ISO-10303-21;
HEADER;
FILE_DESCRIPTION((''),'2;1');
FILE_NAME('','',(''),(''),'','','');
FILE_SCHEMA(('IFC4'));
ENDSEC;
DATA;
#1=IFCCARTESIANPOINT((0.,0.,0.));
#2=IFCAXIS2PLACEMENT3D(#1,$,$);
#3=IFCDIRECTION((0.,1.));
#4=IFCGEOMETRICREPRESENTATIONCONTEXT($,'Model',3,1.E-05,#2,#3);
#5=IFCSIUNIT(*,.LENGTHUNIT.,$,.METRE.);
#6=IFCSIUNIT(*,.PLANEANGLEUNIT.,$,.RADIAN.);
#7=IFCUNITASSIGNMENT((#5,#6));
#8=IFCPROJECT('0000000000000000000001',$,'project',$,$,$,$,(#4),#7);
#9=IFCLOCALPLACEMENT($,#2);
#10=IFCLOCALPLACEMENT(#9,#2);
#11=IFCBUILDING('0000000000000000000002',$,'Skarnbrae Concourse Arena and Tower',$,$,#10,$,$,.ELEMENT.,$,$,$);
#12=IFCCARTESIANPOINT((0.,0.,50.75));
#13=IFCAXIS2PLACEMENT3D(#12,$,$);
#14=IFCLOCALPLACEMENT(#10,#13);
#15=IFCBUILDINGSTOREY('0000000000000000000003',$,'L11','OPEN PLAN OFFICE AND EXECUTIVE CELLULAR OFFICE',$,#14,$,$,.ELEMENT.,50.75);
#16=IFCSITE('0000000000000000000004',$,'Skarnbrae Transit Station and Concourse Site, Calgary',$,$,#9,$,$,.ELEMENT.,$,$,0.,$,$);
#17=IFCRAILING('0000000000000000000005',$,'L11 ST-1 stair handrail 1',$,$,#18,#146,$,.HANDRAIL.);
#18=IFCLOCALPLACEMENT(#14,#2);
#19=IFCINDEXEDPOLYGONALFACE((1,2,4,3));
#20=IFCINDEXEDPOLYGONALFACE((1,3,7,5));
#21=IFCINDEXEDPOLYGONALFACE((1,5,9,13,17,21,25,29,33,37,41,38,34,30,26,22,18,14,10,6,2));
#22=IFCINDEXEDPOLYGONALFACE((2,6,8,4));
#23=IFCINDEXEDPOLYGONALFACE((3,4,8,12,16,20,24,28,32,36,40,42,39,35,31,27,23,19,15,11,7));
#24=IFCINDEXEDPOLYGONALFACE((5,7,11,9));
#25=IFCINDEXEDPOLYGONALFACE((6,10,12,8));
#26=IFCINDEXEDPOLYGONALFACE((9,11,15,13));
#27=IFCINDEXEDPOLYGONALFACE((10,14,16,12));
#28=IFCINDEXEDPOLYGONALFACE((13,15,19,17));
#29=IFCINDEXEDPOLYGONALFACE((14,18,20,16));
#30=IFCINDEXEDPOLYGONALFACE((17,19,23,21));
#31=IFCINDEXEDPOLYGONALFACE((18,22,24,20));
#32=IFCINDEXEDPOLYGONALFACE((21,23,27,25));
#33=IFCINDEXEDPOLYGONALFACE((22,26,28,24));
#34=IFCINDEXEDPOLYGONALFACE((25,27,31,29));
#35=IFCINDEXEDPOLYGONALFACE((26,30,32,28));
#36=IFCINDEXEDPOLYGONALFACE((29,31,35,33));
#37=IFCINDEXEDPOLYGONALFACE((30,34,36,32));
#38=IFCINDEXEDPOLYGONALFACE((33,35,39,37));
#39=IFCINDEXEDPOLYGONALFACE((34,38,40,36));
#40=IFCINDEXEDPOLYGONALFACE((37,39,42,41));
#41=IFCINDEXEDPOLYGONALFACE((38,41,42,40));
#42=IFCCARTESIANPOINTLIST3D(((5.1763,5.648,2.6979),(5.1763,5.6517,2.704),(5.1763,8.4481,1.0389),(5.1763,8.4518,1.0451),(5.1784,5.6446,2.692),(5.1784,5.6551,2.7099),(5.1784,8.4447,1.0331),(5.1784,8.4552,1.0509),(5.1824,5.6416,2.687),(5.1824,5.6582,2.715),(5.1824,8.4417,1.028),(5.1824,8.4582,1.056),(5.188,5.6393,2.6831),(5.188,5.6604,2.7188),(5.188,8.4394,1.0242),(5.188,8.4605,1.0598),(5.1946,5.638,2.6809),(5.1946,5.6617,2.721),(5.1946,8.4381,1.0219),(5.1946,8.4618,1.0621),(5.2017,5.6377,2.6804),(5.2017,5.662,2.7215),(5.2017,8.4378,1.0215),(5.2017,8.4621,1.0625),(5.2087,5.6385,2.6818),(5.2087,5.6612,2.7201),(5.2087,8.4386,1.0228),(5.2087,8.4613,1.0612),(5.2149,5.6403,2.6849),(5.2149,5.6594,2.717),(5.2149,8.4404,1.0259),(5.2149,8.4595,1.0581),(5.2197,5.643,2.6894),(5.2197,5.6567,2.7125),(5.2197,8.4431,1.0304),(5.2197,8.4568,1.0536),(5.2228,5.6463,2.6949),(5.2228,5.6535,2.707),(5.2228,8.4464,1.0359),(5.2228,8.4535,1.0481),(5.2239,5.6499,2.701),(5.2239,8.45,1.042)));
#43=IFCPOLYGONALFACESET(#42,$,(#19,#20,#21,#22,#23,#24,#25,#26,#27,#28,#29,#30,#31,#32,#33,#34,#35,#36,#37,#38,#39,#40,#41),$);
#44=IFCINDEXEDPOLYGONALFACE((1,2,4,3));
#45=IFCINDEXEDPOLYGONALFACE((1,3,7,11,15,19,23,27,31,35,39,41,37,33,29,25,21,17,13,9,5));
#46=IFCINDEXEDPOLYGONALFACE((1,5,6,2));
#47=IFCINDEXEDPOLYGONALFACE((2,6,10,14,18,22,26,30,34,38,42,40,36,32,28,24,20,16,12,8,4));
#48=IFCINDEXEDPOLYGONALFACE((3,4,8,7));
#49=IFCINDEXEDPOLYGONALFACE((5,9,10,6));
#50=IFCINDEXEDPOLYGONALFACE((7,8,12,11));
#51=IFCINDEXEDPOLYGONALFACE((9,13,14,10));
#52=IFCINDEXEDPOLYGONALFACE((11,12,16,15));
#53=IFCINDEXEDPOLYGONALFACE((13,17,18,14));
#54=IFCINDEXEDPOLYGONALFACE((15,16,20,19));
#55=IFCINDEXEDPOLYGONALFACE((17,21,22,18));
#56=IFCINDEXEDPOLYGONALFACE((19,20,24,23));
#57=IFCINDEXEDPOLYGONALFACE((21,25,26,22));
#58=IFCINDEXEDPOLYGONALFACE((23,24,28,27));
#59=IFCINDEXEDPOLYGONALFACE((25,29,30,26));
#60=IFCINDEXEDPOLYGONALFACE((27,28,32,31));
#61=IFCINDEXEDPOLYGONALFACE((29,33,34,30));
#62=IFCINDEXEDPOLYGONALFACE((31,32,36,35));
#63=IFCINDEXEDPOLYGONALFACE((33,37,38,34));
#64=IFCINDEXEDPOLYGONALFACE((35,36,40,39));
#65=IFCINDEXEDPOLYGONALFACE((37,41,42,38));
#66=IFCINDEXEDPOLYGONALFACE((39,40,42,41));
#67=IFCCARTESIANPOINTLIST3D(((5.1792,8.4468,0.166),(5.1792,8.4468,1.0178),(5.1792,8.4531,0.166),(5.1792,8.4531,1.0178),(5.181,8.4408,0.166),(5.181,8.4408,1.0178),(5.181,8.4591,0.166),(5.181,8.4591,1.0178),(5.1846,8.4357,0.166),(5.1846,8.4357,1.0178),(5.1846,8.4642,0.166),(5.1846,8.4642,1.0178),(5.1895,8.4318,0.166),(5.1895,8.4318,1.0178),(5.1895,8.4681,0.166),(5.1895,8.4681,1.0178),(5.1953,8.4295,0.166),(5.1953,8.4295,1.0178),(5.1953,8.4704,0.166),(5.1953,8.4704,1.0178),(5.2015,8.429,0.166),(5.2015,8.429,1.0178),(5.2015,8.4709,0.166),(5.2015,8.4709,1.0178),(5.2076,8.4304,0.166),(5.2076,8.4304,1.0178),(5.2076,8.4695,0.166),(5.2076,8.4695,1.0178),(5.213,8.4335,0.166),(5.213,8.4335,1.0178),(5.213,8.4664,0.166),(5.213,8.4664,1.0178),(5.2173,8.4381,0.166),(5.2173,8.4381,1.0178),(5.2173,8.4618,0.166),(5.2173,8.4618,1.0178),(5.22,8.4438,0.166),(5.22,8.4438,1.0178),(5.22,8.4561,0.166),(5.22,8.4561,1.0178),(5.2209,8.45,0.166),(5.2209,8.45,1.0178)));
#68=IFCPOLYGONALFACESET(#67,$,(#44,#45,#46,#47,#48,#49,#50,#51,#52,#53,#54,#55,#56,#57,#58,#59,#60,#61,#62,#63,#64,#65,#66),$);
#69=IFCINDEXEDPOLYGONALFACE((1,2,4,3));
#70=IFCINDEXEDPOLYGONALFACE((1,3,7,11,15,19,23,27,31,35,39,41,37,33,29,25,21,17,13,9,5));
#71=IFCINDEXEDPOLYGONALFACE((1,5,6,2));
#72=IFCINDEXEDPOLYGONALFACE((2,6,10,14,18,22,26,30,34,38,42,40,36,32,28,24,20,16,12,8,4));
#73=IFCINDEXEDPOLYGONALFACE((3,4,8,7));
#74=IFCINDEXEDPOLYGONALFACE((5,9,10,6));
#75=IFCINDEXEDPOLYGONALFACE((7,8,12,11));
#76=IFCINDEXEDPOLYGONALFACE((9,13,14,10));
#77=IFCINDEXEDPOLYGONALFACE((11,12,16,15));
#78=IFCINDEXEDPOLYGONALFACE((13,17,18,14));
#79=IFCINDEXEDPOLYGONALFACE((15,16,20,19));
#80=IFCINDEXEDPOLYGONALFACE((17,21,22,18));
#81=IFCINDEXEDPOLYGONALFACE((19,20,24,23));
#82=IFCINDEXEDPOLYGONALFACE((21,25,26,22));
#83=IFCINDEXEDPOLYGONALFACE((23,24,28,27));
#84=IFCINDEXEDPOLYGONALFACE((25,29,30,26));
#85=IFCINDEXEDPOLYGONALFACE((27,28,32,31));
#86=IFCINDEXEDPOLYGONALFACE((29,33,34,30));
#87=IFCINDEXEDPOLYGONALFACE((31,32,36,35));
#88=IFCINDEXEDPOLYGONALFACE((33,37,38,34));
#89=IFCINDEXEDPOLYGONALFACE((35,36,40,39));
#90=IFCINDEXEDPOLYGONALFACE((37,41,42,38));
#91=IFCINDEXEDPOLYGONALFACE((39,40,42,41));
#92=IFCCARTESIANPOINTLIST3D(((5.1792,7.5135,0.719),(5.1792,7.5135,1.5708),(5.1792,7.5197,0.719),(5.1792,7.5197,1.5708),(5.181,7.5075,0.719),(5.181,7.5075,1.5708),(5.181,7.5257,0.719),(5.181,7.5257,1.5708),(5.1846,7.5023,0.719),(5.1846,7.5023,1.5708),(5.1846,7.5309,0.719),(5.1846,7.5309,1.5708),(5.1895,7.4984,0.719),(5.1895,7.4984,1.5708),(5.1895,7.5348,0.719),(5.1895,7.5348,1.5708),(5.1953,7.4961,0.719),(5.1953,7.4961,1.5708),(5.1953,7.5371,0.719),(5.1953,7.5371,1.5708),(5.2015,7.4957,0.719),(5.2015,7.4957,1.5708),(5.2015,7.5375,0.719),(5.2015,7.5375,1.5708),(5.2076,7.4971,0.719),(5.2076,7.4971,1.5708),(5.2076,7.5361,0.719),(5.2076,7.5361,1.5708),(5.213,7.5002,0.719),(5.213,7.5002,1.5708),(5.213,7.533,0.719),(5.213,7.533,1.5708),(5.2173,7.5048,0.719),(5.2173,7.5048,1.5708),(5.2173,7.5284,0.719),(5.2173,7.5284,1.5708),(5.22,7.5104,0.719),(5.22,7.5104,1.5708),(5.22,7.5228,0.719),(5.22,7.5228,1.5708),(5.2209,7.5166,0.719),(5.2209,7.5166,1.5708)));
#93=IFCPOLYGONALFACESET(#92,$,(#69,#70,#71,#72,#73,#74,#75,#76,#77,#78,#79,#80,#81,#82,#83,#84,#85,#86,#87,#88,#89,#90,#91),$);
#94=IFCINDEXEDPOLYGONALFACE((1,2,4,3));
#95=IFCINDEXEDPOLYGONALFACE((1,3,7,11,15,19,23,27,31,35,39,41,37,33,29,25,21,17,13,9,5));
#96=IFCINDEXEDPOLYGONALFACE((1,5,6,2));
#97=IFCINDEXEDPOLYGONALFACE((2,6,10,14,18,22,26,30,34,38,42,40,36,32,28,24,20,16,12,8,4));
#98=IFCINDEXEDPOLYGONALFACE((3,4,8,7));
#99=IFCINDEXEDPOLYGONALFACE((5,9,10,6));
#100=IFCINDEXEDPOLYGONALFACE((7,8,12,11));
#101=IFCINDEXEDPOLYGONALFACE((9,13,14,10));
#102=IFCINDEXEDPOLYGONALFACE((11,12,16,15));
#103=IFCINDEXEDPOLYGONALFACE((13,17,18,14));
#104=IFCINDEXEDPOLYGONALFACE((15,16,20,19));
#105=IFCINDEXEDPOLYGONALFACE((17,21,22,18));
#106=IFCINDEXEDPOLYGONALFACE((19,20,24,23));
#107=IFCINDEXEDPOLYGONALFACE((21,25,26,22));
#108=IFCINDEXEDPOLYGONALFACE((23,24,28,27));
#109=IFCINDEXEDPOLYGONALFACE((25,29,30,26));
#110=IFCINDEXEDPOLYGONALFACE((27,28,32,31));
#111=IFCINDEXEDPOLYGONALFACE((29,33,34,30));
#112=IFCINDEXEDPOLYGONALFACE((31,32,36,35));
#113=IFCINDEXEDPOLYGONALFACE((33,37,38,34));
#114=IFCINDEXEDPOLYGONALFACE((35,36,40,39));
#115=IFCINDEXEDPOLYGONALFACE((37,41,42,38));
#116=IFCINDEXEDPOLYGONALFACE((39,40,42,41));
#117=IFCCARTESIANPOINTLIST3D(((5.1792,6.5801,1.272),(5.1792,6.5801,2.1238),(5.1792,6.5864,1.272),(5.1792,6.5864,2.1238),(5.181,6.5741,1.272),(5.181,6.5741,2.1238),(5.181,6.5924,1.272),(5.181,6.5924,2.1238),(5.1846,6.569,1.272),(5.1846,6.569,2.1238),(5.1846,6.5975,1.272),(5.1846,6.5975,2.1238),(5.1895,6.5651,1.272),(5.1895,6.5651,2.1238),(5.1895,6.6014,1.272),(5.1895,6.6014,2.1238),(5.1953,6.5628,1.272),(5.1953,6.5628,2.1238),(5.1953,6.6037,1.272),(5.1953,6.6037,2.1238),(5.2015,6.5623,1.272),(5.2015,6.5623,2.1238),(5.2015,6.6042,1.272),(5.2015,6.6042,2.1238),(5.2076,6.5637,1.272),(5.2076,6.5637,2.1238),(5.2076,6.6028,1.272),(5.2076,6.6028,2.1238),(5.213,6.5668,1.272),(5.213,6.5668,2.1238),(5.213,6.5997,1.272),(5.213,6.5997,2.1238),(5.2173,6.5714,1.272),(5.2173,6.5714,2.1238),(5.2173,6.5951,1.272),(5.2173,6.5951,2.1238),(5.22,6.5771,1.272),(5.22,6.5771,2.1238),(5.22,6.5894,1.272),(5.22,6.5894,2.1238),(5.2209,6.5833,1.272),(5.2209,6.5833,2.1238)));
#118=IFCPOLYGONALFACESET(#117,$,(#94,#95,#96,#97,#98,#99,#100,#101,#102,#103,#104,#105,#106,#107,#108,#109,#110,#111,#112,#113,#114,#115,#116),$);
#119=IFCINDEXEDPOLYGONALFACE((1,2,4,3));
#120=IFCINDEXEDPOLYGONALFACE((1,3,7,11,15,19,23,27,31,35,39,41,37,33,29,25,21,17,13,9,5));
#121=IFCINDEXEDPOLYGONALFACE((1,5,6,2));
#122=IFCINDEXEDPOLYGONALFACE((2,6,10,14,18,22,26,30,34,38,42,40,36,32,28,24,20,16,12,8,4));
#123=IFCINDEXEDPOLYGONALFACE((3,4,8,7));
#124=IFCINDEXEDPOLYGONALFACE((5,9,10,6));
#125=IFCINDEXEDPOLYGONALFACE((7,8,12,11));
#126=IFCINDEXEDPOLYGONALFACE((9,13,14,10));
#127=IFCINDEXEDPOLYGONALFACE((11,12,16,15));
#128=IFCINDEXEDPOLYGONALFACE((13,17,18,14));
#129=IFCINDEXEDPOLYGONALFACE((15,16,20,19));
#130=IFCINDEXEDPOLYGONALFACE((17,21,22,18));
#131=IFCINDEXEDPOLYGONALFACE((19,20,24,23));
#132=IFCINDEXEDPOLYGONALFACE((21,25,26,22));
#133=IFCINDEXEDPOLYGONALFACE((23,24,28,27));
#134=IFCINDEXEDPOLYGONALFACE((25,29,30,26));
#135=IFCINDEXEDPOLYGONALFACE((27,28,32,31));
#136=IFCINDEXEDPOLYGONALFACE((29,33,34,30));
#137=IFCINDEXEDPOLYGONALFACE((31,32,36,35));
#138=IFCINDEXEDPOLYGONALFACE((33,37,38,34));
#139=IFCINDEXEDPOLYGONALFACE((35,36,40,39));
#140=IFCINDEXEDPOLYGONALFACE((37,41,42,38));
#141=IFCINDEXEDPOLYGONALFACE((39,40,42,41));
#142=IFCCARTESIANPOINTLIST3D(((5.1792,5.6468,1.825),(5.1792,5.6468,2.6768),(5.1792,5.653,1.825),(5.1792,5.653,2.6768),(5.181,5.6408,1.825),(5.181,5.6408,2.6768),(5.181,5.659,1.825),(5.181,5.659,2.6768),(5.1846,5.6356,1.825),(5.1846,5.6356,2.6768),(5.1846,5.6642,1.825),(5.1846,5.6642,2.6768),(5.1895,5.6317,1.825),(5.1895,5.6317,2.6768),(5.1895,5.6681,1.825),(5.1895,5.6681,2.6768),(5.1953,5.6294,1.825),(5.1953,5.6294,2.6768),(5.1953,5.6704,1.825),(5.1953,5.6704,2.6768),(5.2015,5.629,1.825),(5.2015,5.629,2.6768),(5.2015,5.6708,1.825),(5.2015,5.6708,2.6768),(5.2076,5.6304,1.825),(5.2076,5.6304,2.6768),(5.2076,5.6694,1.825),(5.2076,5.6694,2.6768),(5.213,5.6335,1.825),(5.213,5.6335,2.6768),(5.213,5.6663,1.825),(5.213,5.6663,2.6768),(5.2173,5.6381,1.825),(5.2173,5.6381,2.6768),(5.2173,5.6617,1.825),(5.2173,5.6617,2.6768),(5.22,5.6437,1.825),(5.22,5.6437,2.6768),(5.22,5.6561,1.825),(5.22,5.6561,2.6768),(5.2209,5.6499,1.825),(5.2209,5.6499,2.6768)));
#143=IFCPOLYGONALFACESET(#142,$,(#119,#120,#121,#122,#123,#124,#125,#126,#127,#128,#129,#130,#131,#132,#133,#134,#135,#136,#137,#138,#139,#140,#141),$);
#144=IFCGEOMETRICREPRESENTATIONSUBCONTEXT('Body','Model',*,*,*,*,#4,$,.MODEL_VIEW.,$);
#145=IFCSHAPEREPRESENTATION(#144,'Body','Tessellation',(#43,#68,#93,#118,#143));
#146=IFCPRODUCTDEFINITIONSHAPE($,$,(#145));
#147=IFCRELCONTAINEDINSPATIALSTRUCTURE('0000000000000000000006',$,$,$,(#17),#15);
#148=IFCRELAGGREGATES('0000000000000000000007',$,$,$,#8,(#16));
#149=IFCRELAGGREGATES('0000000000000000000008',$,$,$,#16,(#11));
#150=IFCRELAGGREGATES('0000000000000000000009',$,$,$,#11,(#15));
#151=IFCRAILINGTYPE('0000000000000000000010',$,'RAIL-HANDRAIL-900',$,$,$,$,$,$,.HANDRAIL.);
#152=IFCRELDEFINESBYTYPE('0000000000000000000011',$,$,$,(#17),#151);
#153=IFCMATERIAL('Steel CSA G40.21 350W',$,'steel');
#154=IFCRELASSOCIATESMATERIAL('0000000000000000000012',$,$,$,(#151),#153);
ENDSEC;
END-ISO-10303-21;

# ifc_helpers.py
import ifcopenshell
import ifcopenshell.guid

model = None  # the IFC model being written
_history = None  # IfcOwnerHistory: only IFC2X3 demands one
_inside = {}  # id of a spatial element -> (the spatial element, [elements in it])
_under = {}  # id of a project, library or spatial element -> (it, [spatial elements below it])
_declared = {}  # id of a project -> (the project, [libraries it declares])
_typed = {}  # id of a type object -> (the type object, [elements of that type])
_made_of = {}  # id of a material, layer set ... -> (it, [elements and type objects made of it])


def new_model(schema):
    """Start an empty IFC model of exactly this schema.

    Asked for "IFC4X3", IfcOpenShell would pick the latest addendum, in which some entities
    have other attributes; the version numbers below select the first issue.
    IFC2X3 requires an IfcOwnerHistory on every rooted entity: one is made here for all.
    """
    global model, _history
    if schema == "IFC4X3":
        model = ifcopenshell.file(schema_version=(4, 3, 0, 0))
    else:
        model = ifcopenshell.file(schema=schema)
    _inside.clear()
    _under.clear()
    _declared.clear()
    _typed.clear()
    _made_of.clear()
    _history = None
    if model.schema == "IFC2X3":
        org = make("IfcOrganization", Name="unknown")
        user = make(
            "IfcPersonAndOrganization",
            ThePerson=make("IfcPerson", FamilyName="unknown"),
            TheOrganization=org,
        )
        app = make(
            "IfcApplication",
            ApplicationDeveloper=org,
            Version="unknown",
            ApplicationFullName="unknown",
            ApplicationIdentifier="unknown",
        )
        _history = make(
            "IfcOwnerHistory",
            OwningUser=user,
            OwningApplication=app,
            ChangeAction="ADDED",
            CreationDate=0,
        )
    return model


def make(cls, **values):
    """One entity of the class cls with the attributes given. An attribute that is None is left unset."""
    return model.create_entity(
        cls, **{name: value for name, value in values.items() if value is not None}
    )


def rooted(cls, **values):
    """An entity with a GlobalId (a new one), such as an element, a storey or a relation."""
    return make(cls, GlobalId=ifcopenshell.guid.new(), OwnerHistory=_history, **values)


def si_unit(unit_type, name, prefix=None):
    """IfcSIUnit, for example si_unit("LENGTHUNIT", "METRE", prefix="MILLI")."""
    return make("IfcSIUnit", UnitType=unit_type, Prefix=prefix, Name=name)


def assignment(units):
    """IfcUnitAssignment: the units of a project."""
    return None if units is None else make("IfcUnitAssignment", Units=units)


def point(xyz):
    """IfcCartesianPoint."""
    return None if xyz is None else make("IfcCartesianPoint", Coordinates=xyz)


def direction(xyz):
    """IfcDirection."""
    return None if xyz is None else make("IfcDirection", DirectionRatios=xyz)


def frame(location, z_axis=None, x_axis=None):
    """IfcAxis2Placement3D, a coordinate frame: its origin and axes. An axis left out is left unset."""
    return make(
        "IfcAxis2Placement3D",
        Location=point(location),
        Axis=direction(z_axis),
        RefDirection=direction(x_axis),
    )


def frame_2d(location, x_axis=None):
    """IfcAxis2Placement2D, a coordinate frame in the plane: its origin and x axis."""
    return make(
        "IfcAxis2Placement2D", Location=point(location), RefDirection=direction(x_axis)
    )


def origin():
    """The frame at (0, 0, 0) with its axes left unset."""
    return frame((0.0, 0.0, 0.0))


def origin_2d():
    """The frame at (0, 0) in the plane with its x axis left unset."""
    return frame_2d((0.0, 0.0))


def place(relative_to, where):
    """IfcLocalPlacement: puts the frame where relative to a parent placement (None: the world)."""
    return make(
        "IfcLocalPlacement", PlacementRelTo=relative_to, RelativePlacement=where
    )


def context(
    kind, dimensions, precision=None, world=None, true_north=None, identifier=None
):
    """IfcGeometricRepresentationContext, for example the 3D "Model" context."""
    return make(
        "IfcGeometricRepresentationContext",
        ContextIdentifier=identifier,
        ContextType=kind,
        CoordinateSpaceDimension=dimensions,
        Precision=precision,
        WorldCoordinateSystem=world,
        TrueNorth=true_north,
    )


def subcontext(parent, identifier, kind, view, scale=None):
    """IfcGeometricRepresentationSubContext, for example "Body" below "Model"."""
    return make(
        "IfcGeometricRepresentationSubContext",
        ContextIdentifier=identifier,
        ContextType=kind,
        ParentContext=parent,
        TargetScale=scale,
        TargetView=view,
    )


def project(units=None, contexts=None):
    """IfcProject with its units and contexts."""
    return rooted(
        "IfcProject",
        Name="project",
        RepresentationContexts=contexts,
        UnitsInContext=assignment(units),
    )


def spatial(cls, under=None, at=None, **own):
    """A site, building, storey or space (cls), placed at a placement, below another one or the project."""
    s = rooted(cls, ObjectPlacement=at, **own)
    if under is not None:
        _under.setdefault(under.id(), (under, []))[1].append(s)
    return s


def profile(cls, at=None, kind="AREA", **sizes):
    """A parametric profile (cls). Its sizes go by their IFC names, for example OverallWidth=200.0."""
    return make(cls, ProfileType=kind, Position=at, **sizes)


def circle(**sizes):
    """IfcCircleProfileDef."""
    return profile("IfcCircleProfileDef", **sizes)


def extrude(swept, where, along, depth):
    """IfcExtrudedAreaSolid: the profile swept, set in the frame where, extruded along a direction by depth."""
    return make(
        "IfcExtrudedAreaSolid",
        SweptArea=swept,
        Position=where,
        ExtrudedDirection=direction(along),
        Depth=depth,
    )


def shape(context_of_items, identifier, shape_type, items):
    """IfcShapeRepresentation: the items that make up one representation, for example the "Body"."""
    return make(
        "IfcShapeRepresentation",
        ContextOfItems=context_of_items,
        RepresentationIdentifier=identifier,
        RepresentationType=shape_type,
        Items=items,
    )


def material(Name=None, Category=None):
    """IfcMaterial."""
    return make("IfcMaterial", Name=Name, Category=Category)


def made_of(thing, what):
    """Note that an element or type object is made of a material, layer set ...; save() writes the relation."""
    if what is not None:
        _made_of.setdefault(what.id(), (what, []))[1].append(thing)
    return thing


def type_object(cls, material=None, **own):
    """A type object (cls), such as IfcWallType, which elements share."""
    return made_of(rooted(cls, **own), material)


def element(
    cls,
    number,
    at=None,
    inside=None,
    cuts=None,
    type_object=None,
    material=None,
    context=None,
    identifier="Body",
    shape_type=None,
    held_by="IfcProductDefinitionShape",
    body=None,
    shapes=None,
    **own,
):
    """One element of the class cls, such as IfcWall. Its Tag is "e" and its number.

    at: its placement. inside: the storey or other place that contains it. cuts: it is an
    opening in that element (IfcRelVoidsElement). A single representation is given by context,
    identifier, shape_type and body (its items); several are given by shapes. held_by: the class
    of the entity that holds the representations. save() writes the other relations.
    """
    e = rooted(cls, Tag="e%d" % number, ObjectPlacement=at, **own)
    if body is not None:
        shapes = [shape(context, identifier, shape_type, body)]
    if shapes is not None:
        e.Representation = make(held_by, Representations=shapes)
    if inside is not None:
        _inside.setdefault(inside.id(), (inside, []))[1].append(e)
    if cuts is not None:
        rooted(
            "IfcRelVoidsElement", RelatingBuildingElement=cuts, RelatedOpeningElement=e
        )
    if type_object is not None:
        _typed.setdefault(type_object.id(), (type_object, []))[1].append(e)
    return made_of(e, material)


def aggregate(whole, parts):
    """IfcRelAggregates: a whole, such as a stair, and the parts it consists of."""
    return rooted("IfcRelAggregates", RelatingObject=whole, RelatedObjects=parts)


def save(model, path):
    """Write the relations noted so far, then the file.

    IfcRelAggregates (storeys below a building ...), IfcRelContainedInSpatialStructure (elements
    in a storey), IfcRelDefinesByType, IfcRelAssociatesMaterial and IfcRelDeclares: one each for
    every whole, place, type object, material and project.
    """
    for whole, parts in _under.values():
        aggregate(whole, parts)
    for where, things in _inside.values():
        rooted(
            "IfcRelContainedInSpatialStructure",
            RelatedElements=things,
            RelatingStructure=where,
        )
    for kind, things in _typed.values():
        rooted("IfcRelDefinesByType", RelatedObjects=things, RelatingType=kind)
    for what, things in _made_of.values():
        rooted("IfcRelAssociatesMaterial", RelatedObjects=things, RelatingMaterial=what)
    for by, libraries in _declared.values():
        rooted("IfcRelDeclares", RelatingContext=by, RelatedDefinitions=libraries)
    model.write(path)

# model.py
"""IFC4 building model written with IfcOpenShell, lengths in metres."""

from ifc_helpers import new_model, si_unit, direction, frame, origin, origin_2d, place, context, subcontext, project, spatial, circle, extrude, material, type_object, element, save


model = new_model("IFC4")

# Units and contexts
model_context = context("Model", 3, precision=1e-05, world=origin(), true_north=direction((0.0, 1.0)))
body_context = subcontext(model_context, "Body", "Model", "MODEL_VIEW")
ifc_project = project(units=[si_unit("LENGTHUNIT", "METRE"), si_unit("PLANEANGLEUNIT", "RADIAN")], contexts=[model_context])

# Site, building, storey
site_placement = place(None, origin())
site = spatial("IfcSite", under=ifc_project, at=site_placement, Name="Skarnbrae Transit Station and Concourse Site, Calgary", CompositionType="ELEMENT", RefElevation=0.0)
building_placement = place(site_placement, origin())
building = spatial("IfcBuilding", under=site, at=building_placement, Name="Skarnbrae Concourse Arena and Tower", CompositionType="ELEMENT")
storey_placement = place(building_placement, frame((0.0, 0.0, 50.75)))
storey = spatial("IfcBuildingStorey", under=building, at=storey_placement, Name="L11", Description="OPEN PLAN OFFICE AND EXECUTIVE CELLULAR OFFICE", CompositionType="ELEMENT", Elevation=50.75)

# Shared definitions
ifc_material_1 = material(Name="Steel CSA G40.21 350W", Category="steel")

# Railing
railing_type_1 = type_object("IfcRailingType", Name="RAIL-HANDRAIL-900", PredefinedType="HANDRAIL", material=ifc_material_1)
railing_1_placement = place(storey_placement, frame((5.2, 8.45, 0.166)))
element("IfcRailing", 1, at=railing_1_placement, inside=storey, type_object=railing_type_1, Name="L11 ST-1 stair handrail 1", PredefinedType="HANDRAIL", context=body_context, shape_type="SweptSolid", body=[
    extrude(circle(Radius=0.0239, at=origin_2d()), frame((0.0, 0.0, 0.876), z_axis=(0.0, -0.860339, 0.509722), x_axis=(1.0, 0.0, 0.0)), (0.0, 0.0, 1.0), 3.2546),
    extrude(circle(Radius=0.021, at=origin_2d()), origin(), (0.0, 0.0, 1.0), 0.8518),
    extrude(circle(Radius=0.021, at=origin_2d()), frame((0.0, -0.9333, 0.553)), (0.0, 0.0, 1.0), 0.8518),
    extrude(circle(Radius=0.021, at=origin_2d()), frame((0.0, -1.8667, 1.106)), (0.0, 0.0, 1.0), 0.8518),
    extrude(circle(Radius=0.021, at=origin_2d()), frame((0.0, -2.8, 1.6589)), (0.0, 0.0, 1.0), 0.8518),
])

save(model, "model.ifc")
